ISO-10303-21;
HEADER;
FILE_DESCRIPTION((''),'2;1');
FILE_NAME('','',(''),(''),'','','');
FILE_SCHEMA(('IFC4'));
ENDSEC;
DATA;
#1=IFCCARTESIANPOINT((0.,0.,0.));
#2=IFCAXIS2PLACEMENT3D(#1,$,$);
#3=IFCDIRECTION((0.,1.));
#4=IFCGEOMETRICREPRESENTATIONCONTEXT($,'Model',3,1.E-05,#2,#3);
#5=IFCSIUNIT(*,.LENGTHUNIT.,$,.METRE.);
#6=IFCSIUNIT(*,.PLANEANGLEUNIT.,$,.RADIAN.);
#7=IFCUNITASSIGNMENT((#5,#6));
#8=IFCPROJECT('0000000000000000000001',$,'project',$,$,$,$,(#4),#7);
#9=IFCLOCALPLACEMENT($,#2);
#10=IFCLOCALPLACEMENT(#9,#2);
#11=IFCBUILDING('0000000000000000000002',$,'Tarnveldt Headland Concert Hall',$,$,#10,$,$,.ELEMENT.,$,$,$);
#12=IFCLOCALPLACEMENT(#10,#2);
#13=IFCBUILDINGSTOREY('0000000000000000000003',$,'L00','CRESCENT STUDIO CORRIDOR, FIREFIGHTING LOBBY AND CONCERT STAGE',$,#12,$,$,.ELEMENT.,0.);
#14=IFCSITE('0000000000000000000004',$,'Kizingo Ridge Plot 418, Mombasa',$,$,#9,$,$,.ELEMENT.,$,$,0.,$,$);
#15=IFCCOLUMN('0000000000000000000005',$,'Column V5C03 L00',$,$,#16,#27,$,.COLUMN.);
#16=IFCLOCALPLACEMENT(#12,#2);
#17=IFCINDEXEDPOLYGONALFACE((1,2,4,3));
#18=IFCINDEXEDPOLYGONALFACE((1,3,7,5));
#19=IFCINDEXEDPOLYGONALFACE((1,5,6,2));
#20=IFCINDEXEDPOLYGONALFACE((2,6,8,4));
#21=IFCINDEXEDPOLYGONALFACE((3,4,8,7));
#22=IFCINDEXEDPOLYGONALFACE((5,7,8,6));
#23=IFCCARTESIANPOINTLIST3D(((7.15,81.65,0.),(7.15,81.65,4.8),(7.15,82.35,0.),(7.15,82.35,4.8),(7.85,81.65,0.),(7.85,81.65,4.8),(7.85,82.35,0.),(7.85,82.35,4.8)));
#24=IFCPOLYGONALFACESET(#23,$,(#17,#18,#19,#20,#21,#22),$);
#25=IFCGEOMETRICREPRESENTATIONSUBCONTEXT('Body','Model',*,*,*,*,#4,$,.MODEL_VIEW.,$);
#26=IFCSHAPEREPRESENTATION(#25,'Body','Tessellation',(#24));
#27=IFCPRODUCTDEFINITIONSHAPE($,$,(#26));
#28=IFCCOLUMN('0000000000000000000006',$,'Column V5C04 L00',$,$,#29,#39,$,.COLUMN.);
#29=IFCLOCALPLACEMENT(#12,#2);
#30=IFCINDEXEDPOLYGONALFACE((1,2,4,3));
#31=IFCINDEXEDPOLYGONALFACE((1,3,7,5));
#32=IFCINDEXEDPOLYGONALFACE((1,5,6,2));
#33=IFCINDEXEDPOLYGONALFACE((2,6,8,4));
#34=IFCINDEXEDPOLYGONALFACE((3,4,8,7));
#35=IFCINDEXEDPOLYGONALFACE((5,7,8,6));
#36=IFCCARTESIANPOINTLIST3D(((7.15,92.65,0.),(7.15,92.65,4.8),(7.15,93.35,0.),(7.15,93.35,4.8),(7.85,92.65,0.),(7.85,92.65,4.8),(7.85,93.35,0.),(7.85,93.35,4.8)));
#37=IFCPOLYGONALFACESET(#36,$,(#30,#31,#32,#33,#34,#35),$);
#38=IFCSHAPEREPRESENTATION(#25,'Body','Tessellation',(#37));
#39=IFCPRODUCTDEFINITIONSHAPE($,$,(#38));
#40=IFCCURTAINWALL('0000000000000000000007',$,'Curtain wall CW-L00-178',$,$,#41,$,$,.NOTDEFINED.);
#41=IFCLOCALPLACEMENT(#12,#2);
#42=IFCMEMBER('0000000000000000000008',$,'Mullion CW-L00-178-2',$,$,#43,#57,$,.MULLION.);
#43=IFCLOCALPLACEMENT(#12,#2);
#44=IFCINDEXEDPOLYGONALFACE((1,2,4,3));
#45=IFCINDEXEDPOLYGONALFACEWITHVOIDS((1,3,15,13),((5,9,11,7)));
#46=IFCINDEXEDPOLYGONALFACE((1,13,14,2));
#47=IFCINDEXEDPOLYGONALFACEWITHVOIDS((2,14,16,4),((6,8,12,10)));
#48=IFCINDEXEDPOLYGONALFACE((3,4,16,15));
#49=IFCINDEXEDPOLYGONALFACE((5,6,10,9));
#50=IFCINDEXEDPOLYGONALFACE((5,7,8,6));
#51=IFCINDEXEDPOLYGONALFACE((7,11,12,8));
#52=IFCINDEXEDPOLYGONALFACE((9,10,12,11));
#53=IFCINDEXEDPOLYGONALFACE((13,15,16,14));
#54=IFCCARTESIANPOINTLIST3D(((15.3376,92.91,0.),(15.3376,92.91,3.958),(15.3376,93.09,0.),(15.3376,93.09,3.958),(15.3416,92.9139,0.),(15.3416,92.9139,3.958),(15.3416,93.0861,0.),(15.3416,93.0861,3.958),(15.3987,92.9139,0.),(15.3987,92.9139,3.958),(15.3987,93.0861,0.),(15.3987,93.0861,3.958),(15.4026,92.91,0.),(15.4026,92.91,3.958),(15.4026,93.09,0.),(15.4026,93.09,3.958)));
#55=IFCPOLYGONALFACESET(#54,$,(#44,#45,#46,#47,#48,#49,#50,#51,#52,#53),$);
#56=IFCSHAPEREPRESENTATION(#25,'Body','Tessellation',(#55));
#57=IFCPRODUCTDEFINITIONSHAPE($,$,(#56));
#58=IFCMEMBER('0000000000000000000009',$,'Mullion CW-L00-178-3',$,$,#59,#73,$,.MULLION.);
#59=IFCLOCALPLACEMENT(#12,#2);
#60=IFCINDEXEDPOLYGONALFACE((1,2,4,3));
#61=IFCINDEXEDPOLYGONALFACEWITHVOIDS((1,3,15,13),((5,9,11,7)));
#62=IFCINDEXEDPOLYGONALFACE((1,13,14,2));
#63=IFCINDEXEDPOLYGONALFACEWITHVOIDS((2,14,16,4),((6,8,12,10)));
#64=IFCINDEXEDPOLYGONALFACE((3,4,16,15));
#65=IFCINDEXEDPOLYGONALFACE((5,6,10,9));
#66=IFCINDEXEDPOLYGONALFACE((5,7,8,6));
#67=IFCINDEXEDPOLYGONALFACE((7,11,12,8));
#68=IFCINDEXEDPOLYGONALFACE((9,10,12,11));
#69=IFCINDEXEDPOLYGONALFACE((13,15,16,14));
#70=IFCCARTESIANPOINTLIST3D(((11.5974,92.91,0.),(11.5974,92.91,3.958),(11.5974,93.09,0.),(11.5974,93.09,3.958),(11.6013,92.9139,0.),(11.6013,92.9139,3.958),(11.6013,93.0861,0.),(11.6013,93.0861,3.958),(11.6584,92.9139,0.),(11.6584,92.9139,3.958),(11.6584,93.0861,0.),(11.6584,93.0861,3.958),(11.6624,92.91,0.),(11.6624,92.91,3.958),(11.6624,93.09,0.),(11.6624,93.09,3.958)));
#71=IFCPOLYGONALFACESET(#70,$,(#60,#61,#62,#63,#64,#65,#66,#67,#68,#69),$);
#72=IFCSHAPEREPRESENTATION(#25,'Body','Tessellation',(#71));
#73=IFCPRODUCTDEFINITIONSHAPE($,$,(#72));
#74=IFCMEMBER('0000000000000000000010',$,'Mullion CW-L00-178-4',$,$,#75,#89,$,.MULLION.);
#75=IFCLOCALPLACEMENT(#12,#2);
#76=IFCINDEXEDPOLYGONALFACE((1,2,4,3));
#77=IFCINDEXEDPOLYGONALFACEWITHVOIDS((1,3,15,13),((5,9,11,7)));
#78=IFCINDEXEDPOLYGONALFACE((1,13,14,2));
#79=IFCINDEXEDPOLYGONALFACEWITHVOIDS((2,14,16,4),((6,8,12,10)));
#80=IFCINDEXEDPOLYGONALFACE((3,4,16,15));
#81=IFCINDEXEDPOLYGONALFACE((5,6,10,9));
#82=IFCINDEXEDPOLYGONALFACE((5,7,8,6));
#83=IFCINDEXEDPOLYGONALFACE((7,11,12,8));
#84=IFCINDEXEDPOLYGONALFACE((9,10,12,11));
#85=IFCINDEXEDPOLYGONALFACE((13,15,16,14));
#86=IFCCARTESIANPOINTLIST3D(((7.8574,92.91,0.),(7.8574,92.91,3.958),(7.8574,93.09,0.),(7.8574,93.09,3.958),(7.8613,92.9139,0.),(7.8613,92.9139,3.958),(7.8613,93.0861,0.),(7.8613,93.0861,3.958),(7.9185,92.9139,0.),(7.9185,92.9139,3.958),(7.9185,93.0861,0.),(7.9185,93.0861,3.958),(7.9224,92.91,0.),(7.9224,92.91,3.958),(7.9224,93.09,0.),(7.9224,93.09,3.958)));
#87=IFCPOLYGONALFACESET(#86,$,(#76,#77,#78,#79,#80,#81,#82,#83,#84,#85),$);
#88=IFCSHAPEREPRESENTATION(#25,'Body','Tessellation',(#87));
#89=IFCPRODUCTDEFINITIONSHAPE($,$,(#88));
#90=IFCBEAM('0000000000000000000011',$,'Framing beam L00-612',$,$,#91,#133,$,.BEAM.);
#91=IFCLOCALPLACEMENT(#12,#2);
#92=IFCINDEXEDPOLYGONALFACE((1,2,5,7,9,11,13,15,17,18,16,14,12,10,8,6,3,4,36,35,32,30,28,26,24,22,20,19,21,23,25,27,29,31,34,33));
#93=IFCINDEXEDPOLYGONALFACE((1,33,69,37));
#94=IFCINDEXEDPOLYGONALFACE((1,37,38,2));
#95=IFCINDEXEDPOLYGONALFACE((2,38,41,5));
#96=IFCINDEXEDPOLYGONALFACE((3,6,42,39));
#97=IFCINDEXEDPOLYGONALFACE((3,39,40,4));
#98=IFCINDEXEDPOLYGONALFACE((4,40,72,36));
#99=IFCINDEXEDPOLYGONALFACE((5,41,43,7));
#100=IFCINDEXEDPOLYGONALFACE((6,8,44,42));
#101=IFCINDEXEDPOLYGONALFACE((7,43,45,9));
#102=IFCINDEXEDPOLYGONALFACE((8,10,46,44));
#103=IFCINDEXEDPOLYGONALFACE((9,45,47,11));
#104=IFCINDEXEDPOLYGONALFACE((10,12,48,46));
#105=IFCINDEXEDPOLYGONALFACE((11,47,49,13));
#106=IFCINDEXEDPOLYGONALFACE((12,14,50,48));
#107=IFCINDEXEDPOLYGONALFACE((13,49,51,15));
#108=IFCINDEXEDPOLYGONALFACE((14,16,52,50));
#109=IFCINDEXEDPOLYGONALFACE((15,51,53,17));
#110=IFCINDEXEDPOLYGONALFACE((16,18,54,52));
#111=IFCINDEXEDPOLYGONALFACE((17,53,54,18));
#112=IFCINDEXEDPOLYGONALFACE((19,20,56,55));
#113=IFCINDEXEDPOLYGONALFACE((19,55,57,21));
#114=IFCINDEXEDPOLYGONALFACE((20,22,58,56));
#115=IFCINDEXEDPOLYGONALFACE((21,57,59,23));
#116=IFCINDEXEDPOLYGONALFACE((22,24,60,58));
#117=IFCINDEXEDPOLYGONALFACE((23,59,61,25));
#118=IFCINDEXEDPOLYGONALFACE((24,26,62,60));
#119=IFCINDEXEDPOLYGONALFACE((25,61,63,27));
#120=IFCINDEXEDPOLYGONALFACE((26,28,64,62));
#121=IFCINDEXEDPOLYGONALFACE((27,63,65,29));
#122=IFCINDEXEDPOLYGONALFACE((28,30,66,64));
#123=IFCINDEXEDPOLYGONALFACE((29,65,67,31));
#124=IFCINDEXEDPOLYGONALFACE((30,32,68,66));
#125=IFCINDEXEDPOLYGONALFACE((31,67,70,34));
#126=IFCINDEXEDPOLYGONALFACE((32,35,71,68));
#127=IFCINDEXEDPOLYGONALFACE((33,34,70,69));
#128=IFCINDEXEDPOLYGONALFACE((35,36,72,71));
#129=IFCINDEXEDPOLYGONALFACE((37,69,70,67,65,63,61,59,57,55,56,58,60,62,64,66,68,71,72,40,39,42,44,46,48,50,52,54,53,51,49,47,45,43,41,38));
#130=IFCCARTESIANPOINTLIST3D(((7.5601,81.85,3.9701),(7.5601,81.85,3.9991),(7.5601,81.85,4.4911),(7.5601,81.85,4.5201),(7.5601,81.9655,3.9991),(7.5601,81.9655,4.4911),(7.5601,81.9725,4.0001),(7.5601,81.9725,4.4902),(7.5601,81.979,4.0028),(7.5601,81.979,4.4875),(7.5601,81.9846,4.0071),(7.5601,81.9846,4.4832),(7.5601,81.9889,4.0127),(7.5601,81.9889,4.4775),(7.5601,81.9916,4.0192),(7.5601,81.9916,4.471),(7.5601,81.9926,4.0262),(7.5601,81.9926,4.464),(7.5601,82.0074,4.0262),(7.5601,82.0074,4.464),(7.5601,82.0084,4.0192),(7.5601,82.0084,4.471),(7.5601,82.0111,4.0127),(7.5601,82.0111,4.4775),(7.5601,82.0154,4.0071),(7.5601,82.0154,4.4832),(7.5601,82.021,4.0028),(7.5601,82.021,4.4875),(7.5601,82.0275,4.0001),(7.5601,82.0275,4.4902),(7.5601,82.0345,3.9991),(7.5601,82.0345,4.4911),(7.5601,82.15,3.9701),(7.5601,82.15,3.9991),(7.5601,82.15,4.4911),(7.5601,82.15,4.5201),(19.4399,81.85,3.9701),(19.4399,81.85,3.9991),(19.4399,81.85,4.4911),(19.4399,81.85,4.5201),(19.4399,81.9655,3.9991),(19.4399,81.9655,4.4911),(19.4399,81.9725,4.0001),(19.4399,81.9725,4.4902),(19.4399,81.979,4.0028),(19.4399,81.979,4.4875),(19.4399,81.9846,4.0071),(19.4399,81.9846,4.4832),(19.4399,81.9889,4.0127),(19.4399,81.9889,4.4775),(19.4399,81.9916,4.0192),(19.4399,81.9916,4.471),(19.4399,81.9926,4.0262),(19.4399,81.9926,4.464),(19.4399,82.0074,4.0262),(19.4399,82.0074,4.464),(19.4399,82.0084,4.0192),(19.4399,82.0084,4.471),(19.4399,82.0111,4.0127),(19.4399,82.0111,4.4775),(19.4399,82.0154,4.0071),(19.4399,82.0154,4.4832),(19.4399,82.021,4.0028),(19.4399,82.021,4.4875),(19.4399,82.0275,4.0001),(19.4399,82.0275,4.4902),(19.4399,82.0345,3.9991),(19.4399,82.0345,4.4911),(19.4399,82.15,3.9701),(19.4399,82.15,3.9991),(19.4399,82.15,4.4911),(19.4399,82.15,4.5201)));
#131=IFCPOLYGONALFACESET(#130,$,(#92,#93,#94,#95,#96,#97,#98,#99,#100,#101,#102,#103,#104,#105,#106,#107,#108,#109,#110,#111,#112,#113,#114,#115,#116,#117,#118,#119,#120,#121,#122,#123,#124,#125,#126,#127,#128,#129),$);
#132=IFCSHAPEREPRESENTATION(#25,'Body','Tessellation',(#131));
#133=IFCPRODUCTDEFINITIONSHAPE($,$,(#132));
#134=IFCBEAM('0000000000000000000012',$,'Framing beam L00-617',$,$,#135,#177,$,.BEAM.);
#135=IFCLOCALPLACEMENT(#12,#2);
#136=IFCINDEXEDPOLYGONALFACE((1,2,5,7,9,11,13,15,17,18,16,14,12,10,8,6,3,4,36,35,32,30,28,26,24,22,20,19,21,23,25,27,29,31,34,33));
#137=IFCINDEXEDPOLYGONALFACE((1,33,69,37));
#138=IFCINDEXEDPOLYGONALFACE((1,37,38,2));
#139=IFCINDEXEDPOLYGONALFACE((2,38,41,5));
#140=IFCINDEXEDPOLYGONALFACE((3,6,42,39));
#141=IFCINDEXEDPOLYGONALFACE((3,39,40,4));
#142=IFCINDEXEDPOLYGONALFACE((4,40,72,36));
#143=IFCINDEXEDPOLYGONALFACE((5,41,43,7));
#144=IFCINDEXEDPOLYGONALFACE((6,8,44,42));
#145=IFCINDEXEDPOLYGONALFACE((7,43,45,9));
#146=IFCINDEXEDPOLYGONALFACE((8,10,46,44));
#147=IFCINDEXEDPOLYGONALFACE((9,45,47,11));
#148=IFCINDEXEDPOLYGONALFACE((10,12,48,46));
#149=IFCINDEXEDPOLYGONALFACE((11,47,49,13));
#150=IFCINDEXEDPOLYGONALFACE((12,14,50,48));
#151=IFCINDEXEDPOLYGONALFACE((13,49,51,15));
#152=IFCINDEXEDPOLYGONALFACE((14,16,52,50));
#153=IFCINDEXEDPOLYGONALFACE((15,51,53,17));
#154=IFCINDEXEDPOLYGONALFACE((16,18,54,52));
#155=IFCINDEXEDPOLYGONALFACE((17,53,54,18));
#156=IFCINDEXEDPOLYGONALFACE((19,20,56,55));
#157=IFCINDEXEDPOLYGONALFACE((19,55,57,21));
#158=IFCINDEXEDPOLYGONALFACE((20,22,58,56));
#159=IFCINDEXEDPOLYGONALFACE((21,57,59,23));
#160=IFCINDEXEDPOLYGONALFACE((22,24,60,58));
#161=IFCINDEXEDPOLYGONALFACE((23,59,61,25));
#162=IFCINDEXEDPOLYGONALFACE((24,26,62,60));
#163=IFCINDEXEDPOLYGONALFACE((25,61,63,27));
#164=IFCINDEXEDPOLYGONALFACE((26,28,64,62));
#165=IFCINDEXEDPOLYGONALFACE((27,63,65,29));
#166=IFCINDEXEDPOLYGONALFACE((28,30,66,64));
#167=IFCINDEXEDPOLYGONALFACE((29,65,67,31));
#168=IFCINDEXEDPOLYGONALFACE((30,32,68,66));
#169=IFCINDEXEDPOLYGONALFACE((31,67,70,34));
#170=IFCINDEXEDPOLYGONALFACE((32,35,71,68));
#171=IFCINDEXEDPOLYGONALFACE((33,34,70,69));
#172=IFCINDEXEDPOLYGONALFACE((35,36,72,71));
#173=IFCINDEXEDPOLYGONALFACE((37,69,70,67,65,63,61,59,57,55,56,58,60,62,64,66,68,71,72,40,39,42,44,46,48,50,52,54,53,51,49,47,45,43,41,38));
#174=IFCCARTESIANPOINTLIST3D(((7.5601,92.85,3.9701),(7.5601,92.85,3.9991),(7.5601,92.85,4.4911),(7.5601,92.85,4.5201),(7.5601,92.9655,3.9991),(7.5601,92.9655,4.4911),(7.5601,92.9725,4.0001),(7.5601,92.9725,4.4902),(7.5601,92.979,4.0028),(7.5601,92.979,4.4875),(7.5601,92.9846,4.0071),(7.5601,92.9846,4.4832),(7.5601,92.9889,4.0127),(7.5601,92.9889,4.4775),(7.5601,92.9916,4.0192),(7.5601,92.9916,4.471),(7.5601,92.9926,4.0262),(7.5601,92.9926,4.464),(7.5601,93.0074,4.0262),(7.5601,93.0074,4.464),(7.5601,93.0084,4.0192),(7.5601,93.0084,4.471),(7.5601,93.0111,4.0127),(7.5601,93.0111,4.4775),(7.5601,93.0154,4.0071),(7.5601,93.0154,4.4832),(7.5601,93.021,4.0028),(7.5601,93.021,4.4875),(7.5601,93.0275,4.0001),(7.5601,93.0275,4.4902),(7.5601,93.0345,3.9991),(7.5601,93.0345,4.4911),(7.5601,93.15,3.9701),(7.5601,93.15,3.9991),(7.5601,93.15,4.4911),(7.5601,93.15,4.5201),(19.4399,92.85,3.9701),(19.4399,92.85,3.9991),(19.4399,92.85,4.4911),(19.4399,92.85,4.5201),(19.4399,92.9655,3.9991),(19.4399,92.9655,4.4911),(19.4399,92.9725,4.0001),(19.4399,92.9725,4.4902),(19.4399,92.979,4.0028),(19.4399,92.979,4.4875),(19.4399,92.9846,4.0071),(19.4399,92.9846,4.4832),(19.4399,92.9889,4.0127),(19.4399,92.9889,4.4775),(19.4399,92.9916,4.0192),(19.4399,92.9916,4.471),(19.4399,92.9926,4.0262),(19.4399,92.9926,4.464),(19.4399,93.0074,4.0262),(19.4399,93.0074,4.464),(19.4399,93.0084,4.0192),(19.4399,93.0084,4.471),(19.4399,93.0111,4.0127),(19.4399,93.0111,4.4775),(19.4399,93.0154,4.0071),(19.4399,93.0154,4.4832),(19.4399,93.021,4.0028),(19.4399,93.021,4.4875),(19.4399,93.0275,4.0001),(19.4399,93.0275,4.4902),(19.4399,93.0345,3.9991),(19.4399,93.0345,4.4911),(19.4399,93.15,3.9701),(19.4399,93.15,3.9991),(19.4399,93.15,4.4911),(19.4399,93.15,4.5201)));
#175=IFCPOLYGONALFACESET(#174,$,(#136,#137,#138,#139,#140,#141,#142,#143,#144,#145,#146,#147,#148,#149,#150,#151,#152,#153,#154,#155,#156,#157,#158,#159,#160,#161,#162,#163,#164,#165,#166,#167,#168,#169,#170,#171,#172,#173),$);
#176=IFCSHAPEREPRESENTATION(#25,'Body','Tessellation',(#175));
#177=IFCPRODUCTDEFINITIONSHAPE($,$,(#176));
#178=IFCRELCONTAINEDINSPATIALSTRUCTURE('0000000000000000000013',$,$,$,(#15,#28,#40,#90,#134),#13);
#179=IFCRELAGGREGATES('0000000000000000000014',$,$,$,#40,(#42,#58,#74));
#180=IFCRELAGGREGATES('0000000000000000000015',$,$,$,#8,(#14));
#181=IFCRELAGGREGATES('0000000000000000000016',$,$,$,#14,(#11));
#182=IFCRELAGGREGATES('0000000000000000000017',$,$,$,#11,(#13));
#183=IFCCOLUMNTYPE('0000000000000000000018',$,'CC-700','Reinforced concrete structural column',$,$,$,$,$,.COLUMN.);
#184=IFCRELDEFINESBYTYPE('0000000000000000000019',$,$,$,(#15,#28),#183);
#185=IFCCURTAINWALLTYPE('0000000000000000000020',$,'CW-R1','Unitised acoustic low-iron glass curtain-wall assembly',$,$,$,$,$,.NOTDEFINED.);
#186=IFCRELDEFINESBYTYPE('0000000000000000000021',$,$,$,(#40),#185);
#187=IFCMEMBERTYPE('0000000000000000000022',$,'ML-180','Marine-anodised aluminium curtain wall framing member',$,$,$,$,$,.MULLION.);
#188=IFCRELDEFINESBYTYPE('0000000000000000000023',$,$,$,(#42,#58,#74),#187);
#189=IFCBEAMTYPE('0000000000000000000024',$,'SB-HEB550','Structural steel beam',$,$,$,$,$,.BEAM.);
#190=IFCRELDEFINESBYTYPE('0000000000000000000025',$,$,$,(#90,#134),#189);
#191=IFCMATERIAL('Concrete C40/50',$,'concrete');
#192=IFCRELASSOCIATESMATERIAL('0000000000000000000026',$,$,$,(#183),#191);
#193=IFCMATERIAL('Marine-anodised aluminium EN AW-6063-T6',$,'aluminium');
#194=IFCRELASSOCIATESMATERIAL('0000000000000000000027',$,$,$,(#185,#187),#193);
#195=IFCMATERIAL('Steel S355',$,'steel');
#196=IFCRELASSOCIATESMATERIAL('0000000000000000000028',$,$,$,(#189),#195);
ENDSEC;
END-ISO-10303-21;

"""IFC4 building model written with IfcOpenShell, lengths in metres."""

from ifc_helpers import new_model, si_unit, direction, frame, origin, origin_2d, place, context, subcontext, project, spatial, rectangle, hollow_rectangle, i_section, extrude, material, material_profile, profile_set, type_object, element, aggregate, save


model = new_model("IFC4")

# Units and contexts
model_context = context("Model", 3, precision=1e-05, world=origin(), true_north=direction((0.0, 1.0)))
body_context = subcontext(model_context, "Body", "Model", "MODEL_VIEW")
ifc_project = project(units=[si_unit("LENGTHUNIT", "METRE"), si_unit("PLANEANGLEUNIT", "RADIAN")], contexts=[model_context])

# Site, building, storey
site_placement = place(None, origin())
site = spatial("IfcSite", under=ifc_project, at=site_placement, Name="Kizingo Ridge Plot 418, Mombasa", CompositionType="ELEMENT", RefElevation=0.0)
building_placement = place(site_placement, origin())
building = spatial("IfcBuilding", under=site, at=building_placement, Name="Tarnveldt Headland Concert Hall", CompositionType="ELEMENT")
storey_placement = place(building_placement, origin())
storey = spatial("IfcBuildingStorey", under=building, at=storey_placement, Name="L00", Description="CRESCENT STUDIO CORRIDOR, FIREFIGHTING LOBBY AND CONCERT STAGE", CompositionType="ELEMENT", Elevation=0.0)

# Columns
ifc_material_1 = material(Name="Concrete C40/50", Category="concrete")
ifc_material_profile_1 = material_profile(ifc_material_1, rectangle(XDim=0.7, YDim=0.7, at=origin_2d()), Name="RC 700x700", Category="concrete")
ifc_profile_set_1 = profile_set([ifc_material_profile_1], Name="Concrete C40/50")
column_type = type_object("IfcColumnType", Name="CC-700", Description="Reinforced concrete structural column", PredefinedType="COLUMN", material=ifc_profile_set_1)
for number, where, z_axis, x_axis, name in (
    (1, (7.5, 82.0, 0.0), (0.0, 0.0, 1.0), (1.0, 0.0, 0.0), "Column V5C03 L00"),
    (2, (7.5, 93.0, 0.0), (0.0, 0.0, 1.0), (1.0, 0.0, 0.0), "Column V5C04 L00"),
):
    element("IfcColumn", number, at=place(storey_placement, frame(where, z_axis=z_axis, x_axis=x_axis)), inside=storey, type_object=column_type, Name=name, PredefinedType="COLUMN", context=body_context, shape_type="SweptSolid", body=[
        extrude(rectangle(XDim=0.7, YDim=0.7, at=origin_2d()), origin(), (0.0, 0.0, 1.0), 4.8),
    ])

# Curtain wall, members
ifc_material_2 = material(Name="Marine-anodised aluminium EN AW-6063-T6", Category="aluminium")
curtain_wall_type = type_object("IfcCurtainWallType", Name="CW-R1", Description="Unitised acoustic low-iron glass curtain-wall assembly", PredefinedType="NOTDEFINED", material=ifc_material_2)
curtain_wall_placement = place(storey_placement, origin())
curtain_wall = element("IfcCurtainWall", 3, at=curtain_wall_placement, inside=storey, type_object=curtain_wall_type, Name="Curtain wall CW-L00-178", PredefinedType="NOTDEFINED")
ifc_material_profile_2 = material_profile(ifc_material_2, hollow_rectangle(XDim=0.0649, YDim=0.1799, WallThickness=0.0039, at=origin_2d()), Name="ALU MULLION 65x180x4", Category="aluminium")
ifc_profile_set_2 = profile_set([ifc_material_profile_2], Name="Marine-anodised aluminium EN AW-6063-T6")
member_type_1 = type_object("IfcMemberType", Name="ML-180", Description="Marine-anodised aluminium curtain wall framing member", PredefinedType="MULLION", material=ifc_profile_set_2)
member_1_placement = place(storey_placement, frame((15.3701, 93.0, 0.0), z_axis=(0.0, 0.0, 1.0), x_axis=(1.0, 0.0, 0.0)))
member_1 = element("IfcMember", 4, at=member_1_placement, type_object=member_type_1, Name="Mullion CW-L00-178-2", PredefinedType="MULLION", context=body_context, shape_type="SweptSolid", body=[
    extrude(hollow_rectangle(XDim=0.0649, YDim=0.1799, WallThickness=0.0039, at=origin_2d()), origin(), (0.0, 0.0, 1.0), 3.958),
])
member_2_placement = place(storey_placement, frame((11.6299, 93.0, 0.0), z_axis=(0.0, 0.0, 1.0), x_axis=(1.0, 0.0, 0.0)))
member_2 = element("IfcMember", 5, at=member_2_placement, type_object=member_type_1, Name="Mullion CW-L00-178-3", PredefinedType="MULLION", context=body_context, shape_type="SweptSolid", body=[
    extrude(hollow_rectangle(XDim=0.0649, YDim=0.1799, WallThickness=0.0039, at=origin_2d()), origin(), (0.0, 0.0, 1.0), 3.958),
])
member_3_placement = place(storey_placement, frame((7.8899, 93.0, 0.0), z_axis=(0.0, 0.0, 1.0), x_axis=(1.0, 0.0, 0.0)))
member_3 = element("IfcMember", 6, at=member_3_placement, type_object=member_type_1, Name="Mullion CW-L00-178-4", PredefinedType="MULLION", context=body_context, shape_type="SweptSolid", body=[
    extrude(hollow_rectangle(XDim=0.0649, YDim=0.1799, WallThickness=0.0039, at=origin_2d()), origin(), (0.0, 0.0, 1.0), 3.958),
])

# Beams
ifc_material_3 = material(Name="Steel S355", Category="steel")
ifc_material_profile_3 = material_profile(ifc_material_3, i_section(OverallWidth=0.3, OverallDepth=0.55, WebThickness=0.0149, FlangeThickness=0.0291, FilletRadius=0.0271, at=origin_2d()), Name="HEB550", Category="steel")
ifc_profile_set_3 = profile_set([ifc_material_profile_3], Name="Steel S355")
beam_type_1 = type_object("IfcBeamType", Name="SB-HEB550", Description="Structural steel beam", PredefinedType="BEAM", material=ifc_profile_set_3)
for number, where, z_axis, x_axis, name in (
    (7, (7.5601, 82.0, 4.2451), (1.0, 0.0, 0.0), (0.0, 1.0, 0.0), "Framing beam L00-612"),
    (8, (7.5601, 93.0, 4.2451), (1.0, 0.0, 0.0), (0.0, 1.0, 0.0), "Framing beam L00-617"),
):
    element("IfcBeam", number, at=place(storey_placement, frame(where, z_axis=z_axis, x_axis=x_axis)), inside=storey, type_object=beam_type_1, Name=name, PredefinedType="BEAM", context=body_context, shape_type="SweptSolid", body=[
        extrude(i_section(OverallWidth=0.3, OverallDepth=0.55, WebThickness=0.0149, FlangeThickness=0.0291, FilletRadius=0.0271, at=origin_2d()), origin(), (0.0, 0.0, 1.0), 11.8799),
    ])

aggregate(curtain_wall, [member_1, member_2, member_3])

save(model, "model.ifc")
